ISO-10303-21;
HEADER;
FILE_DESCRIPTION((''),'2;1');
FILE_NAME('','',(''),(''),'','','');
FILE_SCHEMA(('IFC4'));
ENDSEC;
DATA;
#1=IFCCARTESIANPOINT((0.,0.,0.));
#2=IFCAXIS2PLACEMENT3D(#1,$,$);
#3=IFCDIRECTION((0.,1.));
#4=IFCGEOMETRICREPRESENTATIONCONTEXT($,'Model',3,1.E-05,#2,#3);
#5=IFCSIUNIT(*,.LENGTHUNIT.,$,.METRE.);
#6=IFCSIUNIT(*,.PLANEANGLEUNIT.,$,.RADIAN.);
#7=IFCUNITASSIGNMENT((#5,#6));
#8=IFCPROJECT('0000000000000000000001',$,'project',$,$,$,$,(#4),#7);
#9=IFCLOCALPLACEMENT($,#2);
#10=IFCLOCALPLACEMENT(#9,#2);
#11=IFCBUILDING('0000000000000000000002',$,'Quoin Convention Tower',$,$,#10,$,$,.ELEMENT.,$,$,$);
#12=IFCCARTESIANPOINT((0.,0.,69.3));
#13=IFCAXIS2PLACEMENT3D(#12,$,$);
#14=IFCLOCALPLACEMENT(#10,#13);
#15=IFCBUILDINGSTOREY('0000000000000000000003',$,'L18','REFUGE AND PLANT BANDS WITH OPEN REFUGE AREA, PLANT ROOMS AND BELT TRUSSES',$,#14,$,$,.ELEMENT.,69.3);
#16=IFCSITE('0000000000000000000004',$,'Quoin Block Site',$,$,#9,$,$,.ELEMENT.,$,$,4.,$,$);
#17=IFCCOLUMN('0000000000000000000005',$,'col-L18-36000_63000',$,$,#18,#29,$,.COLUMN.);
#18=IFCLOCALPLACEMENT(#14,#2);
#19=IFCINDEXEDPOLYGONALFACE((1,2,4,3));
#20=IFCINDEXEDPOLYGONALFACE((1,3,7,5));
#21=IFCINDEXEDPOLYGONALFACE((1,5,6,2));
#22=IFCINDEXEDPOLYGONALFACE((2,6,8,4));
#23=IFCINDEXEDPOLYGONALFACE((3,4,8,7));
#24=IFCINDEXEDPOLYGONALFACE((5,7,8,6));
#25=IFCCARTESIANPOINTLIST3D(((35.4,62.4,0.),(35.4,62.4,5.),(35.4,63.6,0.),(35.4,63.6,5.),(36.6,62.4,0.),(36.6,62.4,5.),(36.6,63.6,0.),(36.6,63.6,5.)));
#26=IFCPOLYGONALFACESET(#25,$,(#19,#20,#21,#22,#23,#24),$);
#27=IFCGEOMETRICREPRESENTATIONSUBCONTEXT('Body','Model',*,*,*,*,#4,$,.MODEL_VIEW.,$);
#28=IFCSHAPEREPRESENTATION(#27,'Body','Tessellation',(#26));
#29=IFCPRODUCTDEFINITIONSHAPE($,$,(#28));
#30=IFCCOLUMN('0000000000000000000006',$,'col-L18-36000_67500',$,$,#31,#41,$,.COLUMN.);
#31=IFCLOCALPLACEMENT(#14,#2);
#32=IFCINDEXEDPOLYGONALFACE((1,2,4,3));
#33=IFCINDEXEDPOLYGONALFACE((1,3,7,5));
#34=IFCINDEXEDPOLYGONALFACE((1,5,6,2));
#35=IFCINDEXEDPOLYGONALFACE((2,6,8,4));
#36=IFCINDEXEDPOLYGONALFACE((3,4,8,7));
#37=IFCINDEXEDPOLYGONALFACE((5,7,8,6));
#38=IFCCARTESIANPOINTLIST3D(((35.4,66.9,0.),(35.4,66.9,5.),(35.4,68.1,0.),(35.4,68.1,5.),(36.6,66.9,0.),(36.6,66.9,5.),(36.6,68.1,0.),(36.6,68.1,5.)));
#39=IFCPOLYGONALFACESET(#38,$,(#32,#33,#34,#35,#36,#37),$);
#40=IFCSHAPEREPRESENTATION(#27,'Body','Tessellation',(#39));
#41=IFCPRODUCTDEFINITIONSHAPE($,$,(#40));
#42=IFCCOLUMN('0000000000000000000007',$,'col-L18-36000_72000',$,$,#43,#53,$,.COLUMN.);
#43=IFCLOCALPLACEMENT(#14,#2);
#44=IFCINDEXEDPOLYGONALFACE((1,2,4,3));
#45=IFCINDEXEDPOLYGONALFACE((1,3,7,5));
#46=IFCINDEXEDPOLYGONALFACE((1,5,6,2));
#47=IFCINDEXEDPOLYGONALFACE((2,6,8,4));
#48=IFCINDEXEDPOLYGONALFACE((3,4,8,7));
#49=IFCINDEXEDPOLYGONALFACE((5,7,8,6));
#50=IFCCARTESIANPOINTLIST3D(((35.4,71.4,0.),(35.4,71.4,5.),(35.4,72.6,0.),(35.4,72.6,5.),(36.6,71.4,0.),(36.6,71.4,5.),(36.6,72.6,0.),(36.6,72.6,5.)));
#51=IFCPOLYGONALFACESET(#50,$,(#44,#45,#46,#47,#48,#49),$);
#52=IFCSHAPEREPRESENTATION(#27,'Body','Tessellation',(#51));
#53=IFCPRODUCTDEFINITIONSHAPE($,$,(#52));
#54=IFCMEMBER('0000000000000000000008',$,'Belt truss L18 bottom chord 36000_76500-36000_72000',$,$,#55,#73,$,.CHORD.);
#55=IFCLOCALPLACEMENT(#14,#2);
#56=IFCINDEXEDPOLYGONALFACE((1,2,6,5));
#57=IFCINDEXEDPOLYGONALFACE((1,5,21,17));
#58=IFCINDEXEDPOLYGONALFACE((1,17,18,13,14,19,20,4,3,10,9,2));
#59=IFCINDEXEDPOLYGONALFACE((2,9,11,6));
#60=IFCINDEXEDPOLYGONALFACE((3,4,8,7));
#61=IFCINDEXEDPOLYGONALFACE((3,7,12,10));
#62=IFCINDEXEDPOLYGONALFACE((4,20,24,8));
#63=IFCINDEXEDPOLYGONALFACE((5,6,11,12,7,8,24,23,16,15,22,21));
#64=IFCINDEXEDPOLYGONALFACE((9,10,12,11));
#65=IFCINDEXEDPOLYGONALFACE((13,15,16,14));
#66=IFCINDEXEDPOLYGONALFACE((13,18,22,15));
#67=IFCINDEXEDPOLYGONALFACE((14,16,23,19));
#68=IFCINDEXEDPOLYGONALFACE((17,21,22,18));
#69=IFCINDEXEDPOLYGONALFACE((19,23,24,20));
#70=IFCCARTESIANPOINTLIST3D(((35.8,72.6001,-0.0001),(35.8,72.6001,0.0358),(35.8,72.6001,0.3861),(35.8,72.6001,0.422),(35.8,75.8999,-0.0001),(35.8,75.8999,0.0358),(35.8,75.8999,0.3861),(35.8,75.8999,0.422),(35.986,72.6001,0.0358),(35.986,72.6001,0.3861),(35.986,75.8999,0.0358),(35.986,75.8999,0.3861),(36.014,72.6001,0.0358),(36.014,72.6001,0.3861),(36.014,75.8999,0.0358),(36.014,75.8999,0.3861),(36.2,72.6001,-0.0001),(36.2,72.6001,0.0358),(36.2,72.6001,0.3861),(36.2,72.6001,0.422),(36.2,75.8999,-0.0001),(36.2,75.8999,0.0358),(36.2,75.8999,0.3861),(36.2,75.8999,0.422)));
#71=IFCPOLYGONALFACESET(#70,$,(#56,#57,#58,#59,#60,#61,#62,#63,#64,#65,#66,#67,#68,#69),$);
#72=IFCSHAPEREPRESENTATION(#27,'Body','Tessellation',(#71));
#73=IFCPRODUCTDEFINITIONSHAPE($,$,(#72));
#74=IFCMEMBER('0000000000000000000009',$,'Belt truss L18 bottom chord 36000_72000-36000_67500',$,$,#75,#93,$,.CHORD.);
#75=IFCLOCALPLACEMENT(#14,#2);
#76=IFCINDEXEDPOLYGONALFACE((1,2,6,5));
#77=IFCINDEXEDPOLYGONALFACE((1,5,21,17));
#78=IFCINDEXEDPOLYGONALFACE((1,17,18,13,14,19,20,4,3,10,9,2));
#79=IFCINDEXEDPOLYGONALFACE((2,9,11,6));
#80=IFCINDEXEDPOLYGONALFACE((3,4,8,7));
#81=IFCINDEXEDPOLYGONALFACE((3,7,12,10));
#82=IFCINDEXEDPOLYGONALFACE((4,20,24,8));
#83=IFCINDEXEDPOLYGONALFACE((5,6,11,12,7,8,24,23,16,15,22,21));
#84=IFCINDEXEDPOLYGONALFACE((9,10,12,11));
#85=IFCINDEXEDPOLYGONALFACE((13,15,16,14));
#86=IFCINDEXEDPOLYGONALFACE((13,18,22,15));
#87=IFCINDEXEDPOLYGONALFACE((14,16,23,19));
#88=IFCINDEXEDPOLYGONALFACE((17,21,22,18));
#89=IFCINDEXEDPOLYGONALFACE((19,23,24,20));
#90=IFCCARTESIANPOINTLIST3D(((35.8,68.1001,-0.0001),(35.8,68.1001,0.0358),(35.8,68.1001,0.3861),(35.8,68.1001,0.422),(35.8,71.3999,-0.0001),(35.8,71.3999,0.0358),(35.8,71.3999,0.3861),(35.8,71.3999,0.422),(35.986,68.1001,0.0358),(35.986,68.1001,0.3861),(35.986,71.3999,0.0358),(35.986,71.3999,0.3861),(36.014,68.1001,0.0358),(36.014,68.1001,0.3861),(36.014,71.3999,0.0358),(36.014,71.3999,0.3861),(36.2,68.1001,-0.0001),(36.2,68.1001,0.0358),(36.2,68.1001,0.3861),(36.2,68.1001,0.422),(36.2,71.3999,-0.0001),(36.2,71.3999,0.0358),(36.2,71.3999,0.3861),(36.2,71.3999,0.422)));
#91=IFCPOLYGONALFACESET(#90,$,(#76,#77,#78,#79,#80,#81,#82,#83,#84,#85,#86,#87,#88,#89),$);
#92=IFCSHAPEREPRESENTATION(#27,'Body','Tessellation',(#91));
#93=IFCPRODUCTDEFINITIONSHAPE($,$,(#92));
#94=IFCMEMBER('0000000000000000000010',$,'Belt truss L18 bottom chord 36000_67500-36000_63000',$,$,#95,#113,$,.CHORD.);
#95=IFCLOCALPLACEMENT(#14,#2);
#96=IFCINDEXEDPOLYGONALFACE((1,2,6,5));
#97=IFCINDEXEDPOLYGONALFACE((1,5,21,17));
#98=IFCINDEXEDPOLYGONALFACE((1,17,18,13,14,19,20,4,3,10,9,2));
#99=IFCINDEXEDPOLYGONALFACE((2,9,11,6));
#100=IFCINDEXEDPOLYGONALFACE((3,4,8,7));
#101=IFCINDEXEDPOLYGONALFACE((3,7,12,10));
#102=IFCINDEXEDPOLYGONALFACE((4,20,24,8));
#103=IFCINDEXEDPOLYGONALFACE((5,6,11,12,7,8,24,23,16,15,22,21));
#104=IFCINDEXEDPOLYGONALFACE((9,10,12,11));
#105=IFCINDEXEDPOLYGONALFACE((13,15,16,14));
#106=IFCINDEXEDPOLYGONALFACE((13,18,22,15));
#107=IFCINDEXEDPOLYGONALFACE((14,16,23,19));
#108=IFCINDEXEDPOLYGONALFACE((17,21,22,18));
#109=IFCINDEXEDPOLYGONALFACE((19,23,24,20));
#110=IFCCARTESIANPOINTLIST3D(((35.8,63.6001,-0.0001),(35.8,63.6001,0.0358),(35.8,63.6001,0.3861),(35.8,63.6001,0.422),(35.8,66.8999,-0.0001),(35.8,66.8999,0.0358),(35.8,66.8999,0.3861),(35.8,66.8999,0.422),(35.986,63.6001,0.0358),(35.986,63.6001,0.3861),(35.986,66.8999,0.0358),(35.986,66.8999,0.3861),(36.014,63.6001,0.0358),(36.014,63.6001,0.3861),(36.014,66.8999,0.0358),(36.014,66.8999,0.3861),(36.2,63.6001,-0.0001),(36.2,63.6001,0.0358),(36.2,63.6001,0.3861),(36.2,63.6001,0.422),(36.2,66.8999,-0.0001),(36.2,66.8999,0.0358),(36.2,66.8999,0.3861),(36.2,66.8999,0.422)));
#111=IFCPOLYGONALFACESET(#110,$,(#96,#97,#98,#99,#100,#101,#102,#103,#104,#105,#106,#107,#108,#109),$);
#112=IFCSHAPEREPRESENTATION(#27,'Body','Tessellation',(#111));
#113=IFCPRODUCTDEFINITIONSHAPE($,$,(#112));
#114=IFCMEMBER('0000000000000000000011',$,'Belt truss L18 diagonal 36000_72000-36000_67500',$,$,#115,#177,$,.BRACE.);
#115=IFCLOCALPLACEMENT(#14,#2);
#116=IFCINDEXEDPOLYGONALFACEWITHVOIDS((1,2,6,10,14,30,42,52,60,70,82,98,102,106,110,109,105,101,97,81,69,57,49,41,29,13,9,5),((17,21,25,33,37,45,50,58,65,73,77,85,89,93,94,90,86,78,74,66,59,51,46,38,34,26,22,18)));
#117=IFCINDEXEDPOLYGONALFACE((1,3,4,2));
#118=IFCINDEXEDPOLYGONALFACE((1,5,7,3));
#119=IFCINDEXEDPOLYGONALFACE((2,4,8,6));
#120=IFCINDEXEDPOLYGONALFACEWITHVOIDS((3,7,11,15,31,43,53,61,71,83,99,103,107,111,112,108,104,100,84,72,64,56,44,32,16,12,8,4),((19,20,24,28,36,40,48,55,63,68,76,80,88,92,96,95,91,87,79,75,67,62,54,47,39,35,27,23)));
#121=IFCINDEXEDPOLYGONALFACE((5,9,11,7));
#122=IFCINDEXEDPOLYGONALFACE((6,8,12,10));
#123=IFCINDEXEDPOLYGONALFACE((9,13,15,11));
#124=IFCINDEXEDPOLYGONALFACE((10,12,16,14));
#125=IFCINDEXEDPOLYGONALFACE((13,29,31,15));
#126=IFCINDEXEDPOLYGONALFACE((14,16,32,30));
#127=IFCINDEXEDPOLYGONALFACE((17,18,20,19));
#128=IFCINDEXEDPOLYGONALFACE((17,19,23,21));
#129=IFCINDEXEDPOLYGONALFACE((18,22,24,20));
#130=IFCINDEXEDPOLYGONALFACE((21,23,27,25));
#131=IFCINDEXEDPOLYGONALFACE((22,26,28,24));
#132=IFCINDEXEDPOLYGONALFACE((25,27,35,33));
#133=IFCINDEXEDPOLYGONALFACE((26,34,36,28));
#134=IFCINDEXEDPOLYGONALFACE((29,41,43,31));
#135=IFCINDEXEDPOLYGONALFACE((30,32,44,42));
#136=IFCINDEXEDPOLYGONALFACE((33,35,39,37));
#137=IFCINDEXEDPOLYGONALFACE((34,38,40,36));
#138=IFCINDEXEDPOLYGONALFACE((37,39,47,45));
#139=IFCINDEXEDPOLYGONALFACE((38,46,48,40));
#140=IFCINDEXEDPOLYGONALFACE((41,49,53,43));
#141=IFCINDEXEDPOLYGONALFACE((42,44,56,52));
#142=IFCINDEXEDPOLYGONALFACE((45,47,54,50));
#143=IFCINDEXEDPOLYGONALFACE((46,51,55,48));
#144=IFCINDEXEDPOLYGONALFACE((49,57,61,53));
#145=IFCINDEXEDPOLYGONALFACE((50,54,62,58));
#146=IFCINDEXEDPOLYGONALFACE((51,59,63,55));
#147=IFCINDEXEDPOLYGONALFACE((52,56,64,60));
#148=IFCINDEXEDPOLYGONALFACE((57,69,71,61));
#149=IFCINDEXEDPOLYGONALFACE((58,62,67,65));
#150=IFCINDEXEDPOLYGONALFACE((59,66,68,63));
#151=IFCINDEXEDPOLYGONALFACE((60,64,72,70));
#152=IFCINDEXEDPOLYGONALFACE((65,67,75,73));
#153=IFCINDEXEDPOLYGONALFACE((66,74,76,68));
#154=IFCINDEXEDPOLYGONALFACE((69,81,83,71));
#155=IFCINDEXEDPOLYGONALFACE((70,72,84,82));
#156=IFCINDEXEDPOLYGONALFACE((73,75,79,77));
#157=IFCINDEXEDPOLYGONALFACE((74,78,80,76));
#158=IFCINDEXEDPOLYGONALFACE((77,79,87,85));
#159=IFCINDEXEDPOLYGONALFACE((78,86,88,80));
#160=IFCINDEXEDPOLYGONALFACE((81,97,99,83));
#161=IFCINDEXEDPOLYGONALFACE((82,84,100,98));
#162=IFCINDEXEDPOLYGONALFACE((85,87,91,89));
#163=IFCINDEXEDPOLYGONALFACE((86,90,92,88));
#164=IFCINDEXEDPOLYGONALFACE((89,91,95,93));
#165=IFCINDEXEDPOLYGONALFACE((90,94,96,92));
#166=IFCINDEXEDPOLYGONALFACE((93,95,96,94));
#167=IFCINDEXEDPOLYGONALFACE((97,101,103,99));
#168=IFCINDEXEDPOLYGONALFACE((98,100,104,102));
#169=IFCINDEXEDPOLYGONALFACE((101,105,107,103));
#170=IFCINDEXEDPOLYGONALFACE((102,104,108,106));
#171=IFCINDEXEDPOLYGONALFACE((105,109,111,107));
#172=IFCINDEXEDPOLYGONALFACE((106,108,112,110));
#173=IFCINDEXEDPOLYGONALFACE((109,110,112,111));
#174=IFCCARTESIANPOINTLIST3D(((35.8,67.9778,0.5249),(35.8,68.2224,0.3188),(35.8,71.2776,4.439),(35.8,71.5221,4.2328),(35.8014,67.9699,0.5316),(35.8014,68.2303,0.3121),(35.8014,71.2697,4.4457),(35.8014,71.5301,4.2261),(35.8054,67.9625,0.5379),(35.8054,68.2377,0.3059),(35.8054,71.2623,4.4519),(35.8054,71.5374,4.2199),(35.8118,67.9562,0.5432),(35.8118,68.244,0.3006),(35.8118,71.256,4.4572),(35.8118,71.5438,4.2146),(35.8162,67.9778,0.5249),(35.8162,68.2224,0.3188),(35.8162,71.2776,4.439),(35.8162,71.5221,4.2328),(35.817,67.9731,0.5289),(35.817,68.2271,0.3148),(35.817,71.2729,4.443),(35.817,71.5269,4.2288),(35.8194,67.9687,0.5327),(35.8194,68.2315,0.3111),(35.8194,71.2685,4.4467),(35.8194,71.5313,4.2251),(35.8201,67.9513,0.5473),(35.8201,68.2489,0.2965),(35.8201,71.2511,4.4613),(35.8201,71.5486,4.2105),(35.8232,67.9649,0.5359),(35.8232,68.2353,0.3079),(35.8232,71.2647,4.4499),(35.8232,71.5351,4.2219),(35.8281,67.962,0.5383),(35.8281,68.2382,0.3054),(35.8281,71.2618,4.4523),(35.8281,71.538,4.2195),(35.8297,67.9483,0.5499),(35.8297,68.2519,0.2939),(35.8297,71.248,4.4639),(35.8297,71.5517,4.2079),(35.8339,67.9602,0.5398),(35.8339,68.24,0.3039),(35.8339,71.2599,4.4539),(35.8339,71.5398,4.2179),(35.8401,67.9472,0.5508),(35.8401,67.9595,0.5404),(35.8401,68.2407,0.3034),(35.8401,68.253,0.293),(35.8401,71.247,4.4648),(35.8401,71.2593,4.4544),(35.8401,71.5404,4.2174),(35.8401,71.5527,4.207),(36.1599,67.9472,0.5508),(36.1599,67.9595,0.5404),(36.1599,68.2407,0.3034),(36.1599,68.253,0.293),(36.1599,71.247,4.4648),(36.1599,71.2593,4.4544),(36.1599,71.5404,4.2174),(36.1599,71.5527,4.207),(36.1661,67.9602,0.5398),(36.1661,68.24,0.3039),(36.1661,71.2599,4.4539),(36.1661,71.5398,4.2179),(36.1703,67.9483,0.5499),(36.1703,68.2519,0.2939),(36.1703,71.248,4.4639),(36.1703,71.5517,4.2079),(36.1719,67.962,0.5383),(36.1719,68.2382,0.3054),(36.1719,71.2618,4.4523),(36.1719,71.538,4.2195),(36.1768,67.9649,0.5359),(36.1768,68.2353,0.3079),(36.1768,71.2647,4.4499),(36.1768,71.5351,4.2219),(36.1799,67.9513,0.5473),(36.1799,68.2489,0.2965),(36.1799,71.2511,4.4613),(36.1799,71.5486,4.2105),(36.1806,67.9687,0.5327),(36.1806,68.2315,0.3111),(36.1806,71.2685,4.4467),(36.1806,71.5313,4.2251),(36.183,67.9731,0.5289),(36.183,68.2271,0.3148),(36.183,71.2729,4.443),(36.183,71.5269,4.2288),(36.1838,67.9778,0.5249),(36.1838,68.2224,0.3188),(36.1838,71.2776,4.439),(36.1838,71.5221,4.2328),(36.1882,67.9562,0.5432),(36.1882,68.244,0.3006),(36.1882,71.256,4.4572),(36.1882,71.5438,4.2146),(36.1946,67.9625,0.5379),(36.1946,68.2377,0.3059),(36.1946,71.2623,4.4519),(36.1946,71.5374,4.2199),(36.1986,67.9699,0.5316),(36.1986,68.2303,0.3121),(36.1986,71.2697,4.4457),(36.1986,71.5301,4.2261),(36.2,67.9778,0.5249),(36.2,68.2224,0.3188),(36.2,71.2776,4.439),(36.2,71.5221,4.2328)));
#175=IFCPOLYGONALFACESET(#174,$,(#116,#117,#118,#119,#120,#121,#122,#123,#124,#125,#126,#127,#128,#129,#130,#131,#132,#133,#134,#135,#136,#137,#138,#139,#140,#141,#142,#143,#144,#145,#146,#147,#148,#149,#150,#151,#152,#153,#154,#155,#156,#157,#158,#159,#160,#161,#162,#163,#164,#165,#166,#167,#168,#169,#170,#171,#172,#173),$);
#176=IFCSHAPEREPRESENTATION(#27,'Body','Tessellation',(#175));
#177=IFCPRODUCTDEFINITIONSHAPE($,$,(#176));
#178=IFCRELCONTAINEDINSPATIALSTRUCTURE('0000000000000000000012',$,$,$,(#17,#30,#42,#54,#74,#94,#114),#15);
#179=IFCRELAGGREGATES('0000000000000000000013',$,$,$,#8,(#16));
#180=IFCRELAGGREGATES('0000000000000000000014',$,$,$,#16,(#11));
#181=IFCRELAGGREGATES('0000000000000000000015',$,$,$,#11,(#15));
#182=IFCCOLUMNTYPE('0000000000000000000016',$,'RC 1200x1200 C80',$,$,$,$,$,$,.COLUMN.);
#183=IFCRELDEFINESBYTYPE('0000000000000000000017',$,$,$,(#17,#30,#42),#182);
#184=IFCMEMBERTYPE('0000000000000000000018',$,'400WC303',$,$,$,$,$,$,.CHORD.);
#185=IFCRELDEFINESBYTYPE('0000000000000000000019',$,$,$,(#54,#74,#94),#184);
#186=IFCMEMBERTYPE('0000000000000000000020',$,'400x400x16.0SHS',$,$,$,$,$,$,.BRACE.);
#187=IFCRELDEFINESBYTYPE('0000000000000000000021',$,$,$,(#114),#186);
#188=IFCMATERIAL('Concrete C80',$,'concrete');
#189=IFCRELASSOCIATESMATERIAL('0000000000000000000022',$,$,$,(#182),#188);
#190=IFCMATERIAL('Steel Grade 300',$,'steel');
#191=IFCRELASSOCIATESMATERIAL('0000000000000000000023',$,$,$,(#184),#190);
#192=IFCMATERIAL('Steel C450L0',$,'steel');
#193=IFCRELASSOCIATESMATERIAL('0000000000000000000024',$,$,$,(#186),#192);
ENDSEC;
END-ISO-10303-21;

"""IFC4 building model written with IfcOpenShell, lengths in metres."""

from ifc_helpers import new_model, si_unit, direction, frame, origin, origin_2d, place, context, subcontext, project, spatial, rectangle, hollow_rectangle, i_section, extrude, material, material_profile, profile_set, type_object, element, save


model = new_model("IFC4")

# Units and contexts
model_context = context("Model", 3, precision=1e-05, world=origin(), true_north=direction((0.0, 1.0)))
body_context = subcontext(model_context, "Body", "Model", "MODEL_VIEW")
ifc_project = project(units=[si_unit("LENGTHUNIT", "METRE"), si_unit("PLANEANGLEUNIT", "RADIAN")], contexts=[model_context])

# Site, building, storey
site_placement = place(None, origin())
site = spatial("IfcSite", under=ifc_project, at=site_placement, Name="Quoin Block Site", CompositionType="ELEMENT", RefElevation=4.0)
building_placement = place(site_placement, origin())
building = spatial("IfcBuilding", under=site, at=building_placement, Name="Quoin Convention Tower", CompositionType="ELEMENT")
storey_placement = place(building_placement, frame((0.0, 0.0, 69.3)))
storey = spatial("IfcBuildingStorey", under=building, at=storey_placement, Name="L18", Description="REFUGE AND PLANT BANDS WITH OPEN REFUGE AREA, PLANT ROOMS AND BELT TRUSSES", CompositionType="ELEMENT", Elevation=69.3)

# Columns
ifc_material_1 = material(Name="Concrete C80", Category="concrete")
ifc_material_profile_1 = material_profile(ifc_material_1, rectangle(XDim=1.2, YDim=1.2, at=origin_2d()), Name="RC 1200x1200")
ifc_profile_set_1 = profile_set([ifc_material_profile_1], Name="Concrete C80")
column_type = type_object("IfcColumnType", Name="RC 1200x1200 C80", PredefinedType="COLUMN", material=ifc_profile_set_1)
for number, where, z_axis, x_axis, name in (
    (1, (36.0, 63.0, 0.0), (0.0, 0.0, 1.0), (1.0, 0.0, 0.0), "col-L18-36000_63000"),
    (2, (36.0, 67.5, 0.0), (0.0, 0.0, 1.0), (1.0, 0.0, 0.0), "col-L18-36000_67500"),
    (3, (36.0, 72.0, 0.0), (0.0, 0.0, 1.0), (1.0, 0.0, 0.0), "col-L18-36000_72000"),
):
    element("IfcColumn", number, at=place(storey_placement, frame(where, z_axis=z_axis, x_axis=x_axis)), inside=storey, type_object=column_type, Name=name, PredefinedType="COLUMN", context=body_context, shape_type="SweptSolid", body=[
        extrude(rectangle(XDim=1.2, YDim=1.2, at=origin_2d()), origin(), (0.0, 0.0, 1.0), 5.0),
    ])

# Members
ifc_material_2 = material(Name="Steel Grade 300", Category="steel")
ifc_material_profile_2 = material_profile(ifc_material_2, i_section(OverallWidth=0.3999, OverallDepth=0.4221, WebThickness=0.0281, FlangeThickness=0.0359, at=origin_2d()), Name="400WC303")
ifc_profile_set_2 = profile_set([ifc_material_profile_2], Name="Steel Grade 300")
member_type_1 = type_object("IfcMemberType", Name="400WC303", PredefinedType="CHORD", material=ifc_profile_set_2)
for number, where, z_axis, x_axis, name in (
    (4, (36.0, 75.8999, 0.2109), (0.0, -1.0, 0.0), (1.0, 0.0, 0.0), "Belt truss L18 bottom chord 36000_76500-36000_72000"),
    (5, (36.0, 71.3999, 0.2109), (0.0, -1.0, 0.0), (1.0, 0.0, 0.0), "Belt truss L18 bottom chord 36000_72000-36000_67500"),
    (6, (36.0, 66.8999, 0.2109), (0.0, -1.0, 0.0), (1.0, 0.0, 0.0), "Belt truss L18 bottom chord 36000_67500-36000_63000"),
):
    element("IfcMember", number, at=place(storey_placement, frame(where, z_axis=z_axis, x_axis=x_axis)), inside=storey, type_object=member_type_1, Name=name, PredefinedType="CHORD", context=body_context, shape_type="SweptSolid", body=[
        extrude(i_section(OverallWidth=0.3999, OverallDepth=0.4221, WebThickness=0.0281, FlangeThickness=0.0359, at=origin_2d()), origin(), (0.0, 0.0, 1.0), 3.2998),
    ])
ifc_material_3 = material(Name="Steel C450L0", Category="steel")
ifc_material_profile_3 = material_profile(ifc_material_3, hollow_rectangle(XDim=0.3999, YDim=0.3999, WallThickness=0.0161, InnerFilletRadius=0.0239, OuterFilletRadius=0.04, at=origin_2d()), Name="400x400x16.0SHS")
ifc_profile_set_3 = profile_set([ifc_material_profile_3], Name="Steel C450L0")
member_type_2 = type_object("IfcMemberType", Name="400x400x16.0SHS", PredefinedType="BRACE", material=ifc_profile_set_3)
for number, where, z_axis, x_axis, name in (
    (7, (36.0, 68.1001, 0.4219), (0.0, 0.644564, 0.76455), (-1.0, 0.0, 0.0), "Belt truss L18 diagonal 36000_72000-36000_67500"),
):
    element("IfcMember", number, at=place(storey_placement, frame(where, z_axis=z_axis, x_axis=x_axis)), inside=storey, type_object=member_type_2, Name=name, PredefinedType="BRACE", context=body_context, shape_type="SweptSolid", body=[
        extrude(hollow_rectangle(XDim=0.3999, YDim=0.3999, WallThickness=0.0161, InnerFilletRadius=0.0239, OuterFilletRadius=0.04, at=origin_2d()), origin(), (0.0, 0.0, 1.0), 5.1194),
    ])

save(model, "model.ifc")
